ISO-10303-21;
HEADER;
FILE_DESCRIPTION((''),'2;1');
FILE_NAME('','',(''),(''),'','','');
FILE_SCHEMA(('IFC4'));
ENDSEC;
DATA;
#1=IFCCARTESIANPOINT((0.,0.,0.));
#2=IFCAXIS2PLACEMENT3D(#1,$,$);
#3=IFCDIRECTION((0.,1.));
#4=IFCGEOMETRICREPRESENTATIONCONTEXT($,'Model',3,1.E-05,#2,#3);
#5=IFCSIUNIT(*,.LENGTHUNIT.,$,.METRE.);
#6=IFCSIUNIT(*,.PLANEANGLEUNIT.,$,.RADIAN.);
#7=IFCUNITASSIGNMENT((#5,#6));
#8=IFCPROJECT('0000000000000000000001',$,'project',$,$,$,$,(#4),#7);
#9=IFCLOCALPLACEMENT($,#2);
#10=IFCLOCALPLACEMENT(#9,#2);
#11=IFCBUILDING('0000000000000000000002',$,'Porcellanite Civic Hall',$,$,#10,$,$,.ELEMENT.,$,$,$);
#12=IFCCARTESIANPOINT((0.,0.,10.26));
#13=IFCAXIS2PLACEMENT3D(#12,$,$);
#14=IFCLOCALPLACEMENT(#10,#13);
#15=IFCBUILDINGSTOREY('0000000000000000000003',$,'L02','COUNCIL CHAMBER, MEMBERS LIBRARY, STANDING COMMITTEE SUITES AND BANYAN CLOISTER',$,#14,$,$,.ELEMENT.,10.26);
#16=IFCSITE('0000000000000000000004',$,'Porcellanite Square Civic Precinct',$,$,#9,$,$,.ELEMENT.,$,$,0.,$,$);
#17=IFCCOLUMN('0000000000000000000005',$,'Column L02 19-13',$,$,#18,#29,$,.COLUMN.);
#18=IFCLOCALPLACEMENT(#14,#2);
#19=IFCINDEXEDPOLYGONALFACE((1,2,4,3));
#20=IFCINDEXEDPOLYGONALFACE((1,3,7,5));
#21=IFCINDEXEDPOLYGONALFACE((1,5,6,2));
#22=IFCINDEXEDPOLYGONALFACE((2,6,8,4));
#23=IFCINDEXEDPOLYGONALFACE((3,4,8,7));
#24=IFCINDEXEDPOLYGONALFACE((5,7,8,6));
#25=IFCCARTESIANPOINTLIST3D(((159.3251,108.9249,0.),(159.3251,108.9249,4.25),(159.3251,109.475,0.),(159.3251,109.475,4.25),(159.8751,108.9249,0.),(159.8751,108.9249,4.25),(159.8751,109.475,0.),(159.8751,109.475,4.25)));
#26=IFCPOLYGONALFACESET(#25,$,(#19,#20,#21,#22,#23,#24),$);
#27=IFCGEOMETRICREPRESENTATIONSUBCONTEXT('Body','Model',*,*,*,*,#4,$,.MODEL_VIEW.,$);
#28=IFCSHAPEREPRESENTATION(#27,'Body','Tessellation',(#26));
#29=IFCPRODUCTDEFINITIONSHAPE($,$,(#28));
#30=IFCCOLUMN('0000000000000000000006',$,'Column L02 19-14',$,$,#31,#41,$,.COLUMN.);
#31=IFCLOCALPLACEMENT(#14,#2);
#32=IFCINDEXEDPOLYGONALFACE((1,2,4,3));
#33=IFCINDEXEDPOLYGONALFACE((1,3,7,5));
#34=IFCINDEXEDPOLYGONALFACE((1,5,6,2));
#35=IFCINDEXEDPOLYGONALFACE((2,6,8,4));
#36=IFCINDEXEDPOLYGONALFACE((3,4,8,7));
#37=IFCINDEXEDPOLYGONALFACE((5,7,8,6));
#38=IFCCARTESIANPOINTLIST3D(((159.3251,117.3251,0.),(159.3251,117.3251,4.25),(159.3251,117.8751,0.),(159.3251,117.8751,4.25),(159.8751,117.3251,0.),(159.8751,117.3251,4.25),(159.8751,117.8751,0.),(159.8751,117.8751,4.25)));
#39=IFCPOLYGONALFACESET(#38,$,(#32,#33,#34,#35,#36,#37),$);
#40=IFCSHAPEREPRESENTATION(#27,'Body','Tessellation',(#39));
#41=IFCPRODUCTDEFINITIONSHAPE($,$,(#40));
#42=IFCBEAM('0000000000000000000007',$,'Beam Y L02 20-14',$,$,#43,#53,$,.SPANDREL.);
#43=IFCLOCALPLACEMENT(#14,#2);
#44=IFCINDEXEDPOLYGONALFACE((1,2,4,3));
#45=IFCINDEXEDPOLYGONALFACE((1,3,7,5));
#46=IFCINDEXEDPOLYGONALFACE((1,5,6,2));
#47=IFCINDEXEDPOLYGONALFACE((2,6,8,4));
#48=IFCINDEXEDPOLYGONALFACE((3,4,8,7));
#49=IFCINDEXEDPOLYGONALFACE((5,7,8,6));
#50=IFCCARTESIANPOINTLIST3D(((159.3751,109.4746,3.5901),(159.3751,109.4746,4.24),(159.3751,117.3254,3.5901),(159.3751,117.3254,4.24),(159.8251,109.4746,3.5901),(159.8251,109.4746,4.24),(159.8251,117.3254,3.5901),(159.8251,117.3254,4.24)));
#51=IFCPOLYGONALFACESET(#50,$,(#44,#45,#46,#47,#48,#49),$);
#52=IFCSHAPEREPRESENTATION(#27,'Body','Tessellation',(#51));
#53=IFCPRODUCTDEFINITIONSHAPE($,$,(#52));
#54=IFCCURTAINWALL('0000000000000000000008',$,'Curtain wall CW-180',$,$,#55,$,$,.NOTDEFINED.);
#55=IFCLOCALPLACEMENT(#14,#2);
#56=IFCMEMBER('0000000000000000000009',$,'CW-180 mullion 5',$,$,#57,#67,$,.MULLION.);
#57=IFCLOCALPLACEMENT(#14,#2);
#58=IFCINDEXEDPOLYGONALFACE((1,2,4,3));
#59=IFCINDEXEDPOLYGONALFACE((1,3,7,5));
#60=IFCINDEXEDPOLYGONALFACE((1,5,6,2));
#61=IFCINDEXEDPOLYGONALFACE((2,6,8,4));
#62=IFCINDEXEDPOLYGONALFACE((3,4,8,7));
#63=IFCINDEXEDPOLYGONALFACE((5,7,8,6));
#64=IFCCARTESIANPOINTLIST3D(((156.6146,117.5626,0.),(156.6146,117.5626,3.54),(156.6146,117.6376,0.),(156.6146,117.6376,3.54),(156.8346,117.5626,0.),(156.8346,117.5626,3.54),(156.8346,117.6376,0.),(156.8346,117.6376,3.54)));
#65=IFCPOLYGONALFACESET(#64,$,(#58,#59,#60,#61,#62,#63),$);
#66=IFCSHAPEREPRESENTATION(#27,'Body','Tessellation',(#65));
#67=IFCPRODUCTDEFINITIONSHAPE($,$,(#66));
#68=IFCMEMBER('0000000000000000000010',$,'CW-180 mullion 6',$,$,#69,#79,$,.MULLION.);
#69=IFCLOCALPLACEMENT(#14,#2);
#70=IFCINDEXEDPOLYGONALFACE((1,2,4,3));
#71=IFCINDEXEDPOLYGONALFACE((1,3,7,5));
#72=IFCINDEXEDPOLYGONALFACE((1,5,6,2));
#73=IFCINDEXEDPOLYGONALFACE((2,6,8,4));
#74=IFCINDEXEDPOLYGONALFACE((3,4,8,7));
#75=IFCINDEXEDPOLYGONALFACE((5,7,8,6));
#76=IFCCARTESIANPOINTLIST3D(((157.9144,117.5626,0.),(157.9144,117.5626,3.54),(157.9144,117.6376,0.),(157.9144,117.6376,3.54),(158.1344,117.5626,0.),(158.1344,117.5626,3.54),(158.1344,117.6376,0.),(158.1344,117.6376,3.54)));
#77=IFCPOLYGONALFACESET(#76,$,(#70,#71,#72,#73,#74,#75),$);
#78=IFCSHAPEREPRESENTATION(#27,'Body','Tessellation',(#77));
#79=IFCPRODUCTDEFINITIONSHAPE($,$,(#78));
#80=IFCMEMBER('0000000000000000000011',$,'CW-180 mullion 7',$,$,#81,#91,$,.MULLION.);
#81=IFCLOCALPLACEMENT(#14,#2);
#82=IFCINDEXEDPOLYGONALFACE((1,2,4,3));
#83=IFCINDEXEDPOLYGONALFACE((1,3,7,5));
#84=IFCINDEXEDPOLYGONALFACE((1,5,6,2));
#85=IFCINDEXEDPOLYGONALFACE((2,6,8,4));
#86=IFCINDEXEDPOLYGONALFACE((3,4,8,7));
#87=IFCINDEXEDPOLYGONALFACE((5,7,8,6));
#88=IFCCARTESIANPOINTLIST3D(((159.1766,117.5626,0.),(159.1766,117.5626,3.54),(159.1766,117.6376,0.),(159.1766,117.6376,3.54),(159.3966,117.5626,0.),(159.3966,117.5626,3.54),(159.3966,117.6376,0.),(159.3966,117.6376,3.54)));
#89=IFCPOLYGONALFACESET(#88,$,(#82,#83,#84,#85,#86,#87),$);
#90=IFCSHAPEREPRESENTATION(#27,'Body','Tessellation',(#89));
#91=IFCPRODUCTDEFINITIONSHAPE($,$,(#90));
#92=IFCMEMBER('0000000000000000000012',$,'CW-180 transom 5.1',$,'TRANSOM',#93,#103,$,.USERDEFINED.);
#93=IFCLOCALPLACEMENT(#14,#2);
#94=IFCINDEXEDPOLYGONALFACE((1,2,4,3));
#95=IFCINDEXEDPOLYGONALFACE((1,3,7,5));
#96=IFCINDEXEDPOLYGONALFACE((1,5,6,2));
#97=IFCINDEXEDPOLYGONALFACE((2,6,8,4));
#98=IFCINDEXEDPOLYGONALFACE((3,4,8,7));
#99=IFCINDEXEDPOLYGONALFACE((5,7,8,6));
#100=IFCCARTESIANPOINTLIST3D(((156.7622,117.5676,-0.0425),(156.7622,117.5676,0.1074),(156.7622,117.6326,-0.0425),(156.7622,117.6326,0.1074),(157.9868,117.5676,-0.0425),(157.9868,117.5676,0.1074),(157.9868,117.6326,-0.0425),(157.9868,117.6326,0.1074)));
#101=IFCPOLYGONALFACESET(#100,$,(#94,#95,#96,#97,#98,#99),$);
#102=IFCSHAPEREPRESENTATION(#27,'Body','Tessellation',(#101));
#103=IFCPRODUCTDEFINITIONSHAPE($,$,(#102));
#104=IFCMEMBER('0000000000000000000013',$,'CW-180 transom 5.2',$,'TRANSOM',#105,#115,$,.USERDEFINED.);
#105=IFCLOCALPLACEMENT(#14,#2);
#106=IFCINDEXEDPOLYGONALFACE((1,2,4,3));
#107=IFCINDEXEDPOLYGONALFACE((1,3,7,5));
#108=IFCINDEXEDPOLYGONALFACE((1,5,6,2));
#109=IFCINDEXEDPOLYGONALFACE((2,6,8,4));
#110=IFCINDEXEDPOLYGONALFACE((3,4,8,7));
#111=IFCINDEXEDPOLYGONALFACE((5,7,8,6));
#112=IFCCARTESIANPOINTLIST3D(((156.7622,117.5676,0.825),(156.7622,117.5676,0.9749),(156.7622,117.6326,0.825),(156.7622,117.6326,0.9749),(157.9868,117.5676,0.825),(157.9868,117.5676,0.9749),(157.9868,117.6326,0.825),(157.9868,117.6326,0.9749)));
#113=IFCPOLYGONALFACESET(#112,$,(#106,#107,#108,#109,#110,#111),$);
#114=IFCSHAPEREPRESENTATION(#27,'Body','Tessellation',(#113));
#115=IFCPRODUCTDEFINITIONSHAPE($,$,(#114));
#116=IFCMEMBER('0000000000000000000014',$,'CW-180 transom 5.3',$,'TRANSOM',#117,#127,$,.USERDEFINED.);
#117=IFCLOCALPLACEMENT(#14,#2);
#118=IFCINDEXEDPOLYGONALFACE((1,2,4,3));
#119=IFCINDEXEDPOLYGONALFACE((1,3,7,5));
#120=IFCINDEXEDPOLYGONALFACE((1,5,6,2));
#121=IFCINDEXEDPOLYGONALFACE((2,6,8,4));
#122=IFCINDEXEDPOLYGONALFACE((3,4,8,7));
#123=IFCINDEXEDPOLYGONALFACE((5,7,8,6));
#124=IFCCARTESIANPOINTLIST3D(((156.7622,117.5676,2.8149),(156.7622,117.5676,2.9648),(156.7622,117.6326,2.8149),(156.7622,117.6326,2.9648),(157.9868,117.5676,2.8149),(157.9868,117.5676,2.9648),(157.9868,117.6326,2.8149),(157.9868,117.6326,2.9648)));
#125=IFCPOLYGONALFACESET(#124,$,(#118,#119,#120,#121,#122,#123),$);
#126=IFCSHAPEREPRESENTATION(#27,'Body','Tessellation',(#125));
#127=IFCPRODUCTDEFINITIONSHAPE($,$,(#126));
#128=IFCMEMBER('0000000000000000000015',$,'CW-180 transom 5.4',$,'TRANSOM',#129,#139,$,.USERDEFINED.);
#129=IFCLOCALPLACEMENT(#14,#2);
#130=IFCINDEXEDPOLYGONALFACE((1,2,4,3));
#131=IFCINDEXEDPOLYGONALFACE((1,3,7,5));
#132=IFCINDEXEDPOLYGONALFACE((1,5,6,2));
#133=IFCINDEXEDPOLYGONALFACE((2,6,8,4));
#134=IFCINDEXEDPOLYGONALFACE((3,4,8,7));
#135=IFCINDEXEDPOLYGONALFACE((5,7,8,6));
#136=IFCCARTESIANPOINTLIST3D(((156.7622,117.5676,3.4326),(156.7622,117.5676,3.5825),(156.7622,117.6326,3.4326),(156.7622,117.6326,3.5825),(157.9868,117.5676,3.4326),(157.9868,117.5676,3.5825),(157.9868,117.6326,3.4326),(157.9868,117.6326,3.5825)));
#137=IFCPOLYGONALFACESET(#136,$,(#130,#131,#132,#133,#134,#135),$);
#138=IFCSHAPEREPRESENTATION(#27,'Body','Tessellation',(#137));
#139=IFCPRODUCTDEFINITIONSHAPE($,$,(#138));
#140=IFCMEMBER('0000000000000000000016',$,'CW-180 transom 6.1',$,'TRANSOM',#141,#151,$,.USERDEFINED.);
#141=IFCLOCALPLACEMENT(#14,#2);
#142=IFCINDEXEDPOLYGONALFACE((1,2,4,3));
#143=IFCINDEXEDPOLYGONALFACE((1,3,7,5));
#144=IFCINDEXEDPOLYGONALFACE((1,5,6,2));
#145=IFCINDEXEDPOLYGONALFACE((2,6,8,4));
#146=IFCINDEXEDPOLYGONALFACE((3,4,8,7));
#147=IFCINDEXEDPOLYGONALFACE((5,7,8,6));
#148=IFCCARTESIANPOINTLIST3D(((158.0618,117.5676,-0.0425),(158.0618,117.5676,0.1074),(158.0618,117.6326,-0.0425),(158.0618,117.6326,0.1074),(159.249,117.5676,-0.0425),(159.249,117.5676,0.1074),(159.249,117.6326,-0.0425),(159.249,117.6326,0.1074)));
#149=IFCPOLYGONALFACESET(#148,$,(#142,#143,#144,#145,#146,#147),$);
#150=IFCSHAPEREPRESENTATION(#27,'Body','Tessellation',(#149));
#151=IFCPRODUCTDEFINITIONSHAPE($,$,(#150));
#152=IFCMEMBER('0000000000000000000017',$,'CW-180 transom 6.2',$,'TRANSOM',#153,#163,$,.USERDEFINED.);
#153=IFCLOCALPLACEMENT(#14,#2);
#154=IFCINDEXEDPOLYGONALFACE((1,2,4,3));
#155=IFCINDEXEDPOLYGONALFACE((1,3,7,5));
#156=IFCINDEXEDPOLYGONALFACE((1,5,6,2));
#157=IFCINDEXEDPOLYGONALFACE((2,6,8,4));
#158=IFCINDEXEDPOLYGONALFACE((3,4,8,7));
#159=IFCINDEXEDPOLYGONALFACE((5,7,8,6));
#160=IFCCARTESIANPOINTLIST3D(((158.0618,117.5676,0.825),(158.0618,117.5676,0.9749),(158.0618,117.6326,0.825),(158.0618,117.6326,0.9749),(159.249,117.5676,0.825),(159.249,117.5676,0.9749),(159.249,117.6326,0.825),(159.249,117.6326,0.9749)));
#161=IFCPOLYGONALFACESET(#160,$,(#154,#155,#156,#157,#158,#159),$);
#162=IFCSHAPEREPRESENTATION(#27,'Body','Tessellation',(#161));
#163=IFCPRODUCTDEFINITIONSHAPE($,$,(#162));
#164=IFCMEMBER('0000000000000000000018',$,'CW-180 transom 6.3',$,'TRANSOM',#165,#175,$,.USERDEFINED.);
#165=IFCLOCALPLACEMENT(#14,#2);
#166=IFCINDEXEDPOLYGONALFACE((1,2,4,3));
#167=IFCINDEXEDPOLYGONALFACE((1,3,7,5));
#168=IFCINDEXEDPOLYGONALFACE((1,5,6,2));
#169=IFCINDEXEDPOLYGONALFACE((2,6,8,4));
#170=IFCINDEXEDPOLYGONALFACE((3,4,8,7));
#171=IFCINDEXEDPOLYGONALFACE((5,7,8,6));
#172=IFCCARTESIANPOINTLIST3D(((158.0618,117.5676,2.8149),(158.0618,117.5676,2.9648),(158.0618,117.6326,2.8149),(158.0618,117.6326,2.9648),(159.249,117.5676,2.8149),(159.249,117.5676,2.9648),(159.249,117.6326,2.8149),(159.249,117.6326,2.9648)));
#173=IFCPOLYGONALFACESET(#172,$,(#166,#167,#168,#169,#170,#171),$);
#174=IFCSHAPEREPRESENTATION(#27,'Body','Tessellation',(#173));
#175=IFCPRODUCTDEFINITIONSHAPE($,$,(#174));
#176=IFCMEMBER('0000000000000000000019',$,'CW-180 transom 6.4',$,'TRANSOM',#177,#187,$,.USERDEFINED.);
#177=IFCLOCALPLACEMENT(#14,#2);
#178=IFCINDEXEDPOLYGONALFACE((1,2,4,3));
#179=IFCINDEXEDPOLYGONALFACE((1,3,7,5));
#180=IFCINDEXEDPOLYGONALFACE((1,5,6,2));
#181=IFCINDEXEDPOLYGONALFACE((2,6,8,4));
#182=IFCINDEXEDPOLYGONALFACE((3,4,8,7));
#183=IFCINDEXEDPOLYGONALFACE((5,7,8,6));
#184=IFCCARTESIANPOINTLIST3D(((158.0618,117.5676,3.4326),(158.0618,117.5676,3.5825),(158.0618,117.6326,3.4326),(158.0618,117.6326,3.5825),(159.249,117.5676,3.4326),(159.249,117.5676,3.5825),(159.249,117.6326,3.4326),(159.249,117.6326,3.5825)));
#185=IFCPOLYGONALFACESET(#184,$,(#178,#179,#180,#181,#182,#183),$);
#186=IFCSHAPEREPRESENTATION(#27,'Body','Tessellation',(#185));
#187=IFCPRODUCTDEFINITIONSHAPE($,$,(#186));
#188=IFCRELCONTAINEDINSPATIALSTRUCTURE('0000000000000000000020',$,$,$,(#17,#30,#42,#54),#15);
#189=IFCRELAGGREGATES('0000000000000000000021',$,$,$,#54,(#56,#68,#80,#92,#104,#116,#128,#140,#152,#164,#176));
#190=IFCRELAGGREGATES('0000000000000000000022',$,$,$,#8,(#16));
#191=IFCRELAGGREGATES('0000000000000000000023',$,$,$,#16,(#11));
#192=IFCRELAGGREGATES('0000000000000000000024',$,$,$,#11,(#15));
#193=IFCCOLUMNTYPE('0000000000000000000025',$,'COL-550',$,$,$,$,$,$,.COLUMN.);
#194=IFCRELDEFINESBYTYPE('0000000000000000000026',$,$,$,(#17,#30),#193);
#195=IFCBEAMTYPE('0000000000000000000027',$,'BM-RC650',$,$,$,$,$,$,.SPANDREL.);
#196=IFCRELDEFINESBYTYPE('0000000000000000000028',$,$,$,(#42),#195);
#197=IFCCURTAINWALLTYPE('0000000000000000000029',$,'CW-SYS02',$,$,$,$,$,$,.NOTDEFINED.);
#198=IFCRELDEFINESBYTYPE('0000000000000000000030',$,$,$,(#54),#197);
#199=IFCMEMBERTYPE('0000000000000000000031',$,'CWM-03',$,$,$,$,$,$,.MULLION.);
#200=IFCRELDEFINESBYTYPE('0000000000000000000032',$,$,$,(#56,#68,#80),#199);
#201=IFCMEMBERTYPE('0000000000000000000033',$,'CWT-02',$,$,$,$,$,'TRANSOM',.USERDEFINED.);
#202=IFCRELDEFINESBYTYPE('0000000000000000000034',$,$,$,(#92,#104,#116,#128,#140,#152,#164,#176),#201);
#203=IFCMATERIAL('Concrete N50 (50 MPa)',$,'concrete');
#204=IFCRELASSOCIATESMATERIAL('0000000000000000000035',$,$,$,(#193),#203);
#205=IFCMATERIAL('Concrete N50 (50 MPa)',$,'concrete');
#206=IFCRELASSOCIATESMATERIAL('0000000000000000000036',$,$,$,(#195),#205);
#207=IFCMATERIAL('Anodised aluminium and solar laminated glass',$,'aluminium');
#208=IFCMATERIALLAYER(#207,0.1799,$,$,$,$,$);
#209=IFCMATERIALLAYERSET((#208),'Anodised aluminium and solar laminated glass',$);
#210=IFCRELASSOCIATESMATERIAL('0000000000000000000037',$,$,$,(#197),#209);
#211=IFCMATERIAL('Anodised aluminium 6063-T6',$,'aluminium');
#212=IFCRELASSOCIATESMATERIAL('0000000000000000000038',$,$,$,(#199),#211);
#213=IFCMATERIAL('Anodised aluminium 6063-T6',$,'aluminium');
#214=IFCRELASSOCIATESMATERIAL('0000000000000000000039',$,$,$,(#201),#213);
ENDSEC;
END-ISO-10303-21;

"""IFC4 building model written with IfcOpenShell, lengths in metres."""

from ifc_helpers import new_model, si_unit, direction, frame, origin, origin_2d, place, context, subcontext, project, spatial, rectangle, extrude, material, layer, layer_set, material_profile, profile_set, type_object, element, aggregate, save


model = new_model("IFC4")

# Units and contexts
model_context = context("Model", 3, precision=1e-05, world=origin(), true_north=direction((0.0, 1.0)))
body_context = subcontext(model_context, "Body", "Model", "MODEL_VIEW")
ifc_project = project(units=[si_unit("LENGTHUNIT", "METRE"), si_unit("PLANEANGLEUNIT", "RADIAN")], contexts=[model_context])

# Site, building, storey
site_placement = place(None, origin())
site = spatial("IfcSite", under=ifc_project, at=site_placement, Name="Porcellanite Square Civic Precinct", CompositionType="ELEMENT", RefElevation=0.0)
building_placement = place(site_placement, origin())
building = spatial("IfcBuilding", under=site, at=building_placement, Name="Porcellanite Civic Hall", CompositionType="ELEMENT")
storey_placement = place(building_placement, frame((0.0, 0.0, 10.26)))
storey = spatial("IfcBuildingStorey", under=building, at=storey_placement, Name="L02", Description="COUNCIL CHAMBER, MEMBERS LIBRARY, STANDING COMMITTEE SUITES AND BANYAN CLOISTER", CompositionType="ELEMENT", Elevation=10.26)

# Columns
ifc_material_1 = material(Name="Concrete N50 (50 MPa)", Category="concrete")
ifc_material_profile_1 = material_profile(ifc_material_1, rectangle(XDim=0.55, YDim=0.55, at=origin_2d()), Name="RC-550x550")
ifc_profile_set_1 = profile_set([ifc_material_profile_1], Name="Concrete N50 (50 MPa)")
column_type = type_object("IfcColumnType", Name="COL-550", PredefinedType="COLUMN", material=ifc_profile_set_1)
for number, where, z_axis, x_axis, name in (
    (1, (159.6001, 109.2, 0.0), (0.0, 0.0, 1.0), (1.0, 0.0, 0.0), "Column L02 19-13"),
    (2, (159.6001, 117.6001, 0.0), (0.0, 0.0, 1.0), (1.0, 0.0, 0.0), "Column L02 19-14"),
):
    element("IfcColumn", number, at=place(storey_placement, frame(where, z_axis=z_axis, x_axis=x_axis)), inside=storey, type_object=column_type, Name=name, PredefinedType="COLUMN", context=body_context, shape_type="SweptSolid", body=[
        extrude(rectangle(XDim=0.55, YDim=0.55, at=origin_2d()), origin(), (0.0, 0.0, 1.0), 4.25),
    ])

# Beam
ifc_material_2 = material(Name="Concrete N50 (50 MPa)", Category="concrete")
ifc_material_profile_2 = material_profile(ifc_material_2, rectangle(XDim=0.45, YDim=0.6499, at=origin_2d()), Name="RC-450x650")
ifc_profile_set_2 = profile_set([ifc_material_profile_2], Name="Concrete N50 (50 MPa)")
beam_type = type_object("IfcBeamType", Name="BM-RC650", PredefinedType="SPANDREL", material=ifc_profile_set_2)
beam_placement = place(storey_placement, frame((159.6001, 109.4746, 3.915), z_axis=(0.0, 1.0, 0.0), x_axis=(-1.0, 0.0, 0.0)))
element("IfcBeam", 3, at=beam_placement, inside=storey, type_object=beam_type, Name="Beam Y L02 20-14", PredefinedType="SPANDREL", context=body_context, shape_type="SweptSolid", body=[
    extrude(rectangle(XDim=0.45, YDim=0.6499, at=origin_2d()), origin(), (0.0, 0.0, 1.0), 7.8508),
])

# Curtain wall, members
ifc_material_3 = material(Name="Anodised aluminium and solar laminated glass", Category="aluminium")
ifc_layer_1 = layer(ifc_material_3, 0.1799)
ifc_layer_set_1 = layer_set([ifc_layer_1], Name="Anodised aluminium and solar laminated glass")
curtain_wall_type = type_object("IfcCurtainWallType", Name="CW-SYS02", PredefinedType="NOTDEFINED", material=ifc_layer_set_1)
curtain_wall_placement = place(storey_placement, origin())
curtain_wall = element("IfcCurtainWall", 4, at=curtain_wall_placement, inside=storey, type_object=curtain_wall_type, Name="Curtain wall CW-180", PredefinedType="NOTDEFINED")
ifc_material_4 = material(Name="Anodised aluminium 6063-T6", Category="aluminium")
ifc_material_profile_3 = material_profile(ifc_material_4, rectangle(XDim=0.075, YDim=0.22, at=origin_2d()), Name="AL-75x220")
ifc_profile_set_3 = profile_set([ifc_material_profile_3], Name="Anodised aluminium 6063-T6")
member_type_1 = type_object("IfcMemberType", Name="CWM-03", PredefinedType="MULLION", material=ifc_profile_set_3)
member_1_placement = place(storey_placement, frame((156.7246, 117.6001, 0.0), z_axis=(0.0, 0.0, 1.0), x_axis=(0.0, 1.0, 0.0)))
member_1 = element("IfcMember", 5, at=member_1_placement, type_object=member_type_1, Name="CW-180 mullion 5", PredefinedType="MULLION", context=body_context, shape_type="SweptSolid", body=[
    extrude(rectangle(XDim=0.075, YDim=0.22, at=origin_2d()), origin(), (0.0, 0.0, 1.0), 3.54),
])
member_2_placement = place(storey_placement, frame((158.0244, 117.6001, 0.0), z_axis=(0.0, 0.0, 1.0), x_axis=(0.0, 1.0, 0.0)))
member_2 = element("IfcMember", 6, at=member_2_placement, type_object=member_type_1, Name="CW-180 mullion 6", PredefinedType="MULLION", context=body_context, shape_type="SweptSolid", body=[
    extrude(rectangle(XDim=0.075, YDim=0.22, at=origin_2d()), origin(), (0.0, 0.0, 1.0), 3.54),
])
member_3_placement = place(storey_placement, frame((159.2866, 117.6001, 0.0), z_axis=(0.0, 0.0, 1.0), x_axis=(0.0, 1.0, 0.0)))
member_3 = element("IfcMember", 7, at=member_3_placement, type_object=member_type_1, Name="CW-180 mullion 7", PredefinedType="MULLION", context=body_context, shape_type="SweptSolid", body=[
    extrude(rectangle(XDim=0.075, YDim=0.22, at=origin_2d()), origin(), (0.0, 0.0, 1.0), 3.54),
])
ifc_material_5 = material(Name="Anodised aluminium 6063-T6", Category="aluminium")
ifc_material_profile_4 = material_profile(ifc_material_5, rectangle(XDim=0.0649, YDim=0.1499, at=origin_2d()), Name="AL-65x150")
ifc_profile_set_4 = profile_set([ifc_material_profile_4], Name="Anodised aluminium 6063-T6")
member_type_2 = type_object("IfcMemberType", Name="CWT-02", ElementType="TRANSOM", PredefinedType="USERDEFINED", material=ifc_profile_set_4)
member_4_placement = place(storey_placement, frame((156.7622, 117.6001, 0.0325), z_axis=(1.0, 0.0, 0.0), x_axis=(0.0, 1.0, 0.0)))
member_4 = element("IfcMember", 8, at=member_4_placement, type_object=member_type_2, Name="CW-180 transom 5.1", ObjectType="TRANSOM", PredefinedType="USERDEFINED", context=body_context, shape_type="SweptSolid", body=[
    extrude(rectangle(XDim=0.0649, YDim=0.1499, at=origin_2d()), origin(), (0.0, 0.0, 1.0), 1.2246),
])
member_5_placement = place(storey_placement, frame((156.7622, 117.6001, 0.8999), z_axis=(1.0, 0.0, 0.0), x_axis=(0.0, 1.0, 0.0)))
member_5 = element("IfcMember", 9, at=member_5_placement, type_object=member_type_2, Name="CW-180 transom 5.2", ObjectType="TRANSOM", PredefinedType="USERDEFINED", context=body_context, shape_type="SweptSolid", body=[
    extrude(rectangle(XDim=0.0649, YDim=0.1499, at=origin_2d()), origin(), (0.0, 0.0, 1.0), 1.2246),
])
member_6_placement = place(storey_placement, frame((156.7622, 117.6001, 2.8899), z_axis=(1.0, 0.0, 0.0), x_axis=(0.0, 1.0, 0.0)))
member_6 = element("IfcMember", 10, at=member_6_placement, type_object=member_type_2, Name="CW-180 transom 5.3", ObjectType="TRANSOM", PredefinedType="USERDEFINED", context=body_context, shape_type="SweptSolid", body=[
    extrude(rectangle(XDim=0.0649, YDim=0.1499, at=origin_2d()), origin(), (0.0, 0.0, 1.0), 1.2246),
])
member_7_placement = place(storey_placement, frame((156.7622, 117.6001, 3.5076), z_axis=(1.0, 0.0, 0.0), x_axis=(0.0, 1.0, 0.0)))
member_7 = element("IfcMember", 11, at=member_7_placement, type_object=member_type_2, Name="CW-180 transom 5.4", ObjectType="TRANSOM", PredefinedType="USERDEFINED", context=body_context, shape_type="SweptSolid", body=[
    extrude(rectangle(XDim=0.0649, YDim=0.1499, at=origin_2d()), origin(), (0.0, 0.0, 1.0), 1.2246),
])
member_8_placement = place(storey_placement, frame((158.0618, 117.6001, 0.0325), z_axis=(1.0, 0.0, 0.0), x_axis=(0.0, 1.0, 0.0)))
member_8 = element("IfcMember", 12, at=member_8_placement, type_object=member_type_2, Name="CW-180 transom 6.1", ObjectType="TRANSOM", PredefinedType="USERDEFINED", context=body_context, shape_type="SweptSolid", body=[
    extrude(rectangle(XDim=0.0649, YDim=0.1499, at=origin_2d()), origin(), (0.0, 0.0, 1.0), 1.1873),
])
member_9_placement = place(storey_placement, frame((158.0618, 117.6001, 0.8999), z_axis=(1.0, 0.0, 0.0), x_axis=(0.0, 1.0, 0.0)))
member_9 = element("IfcMember", 13, at=member_9_placement, type_object=member_type_2, Name="CW-180 transom 6.2", ObjectType="TRANSOM", PredefinedType="USERDEFINED", context=body_context, shape_type="SweptSolid", body=[
    extrude(rectangle(XDim=0.0649, YDim=0.1499, at=origin_2d()), origin(), (0.0, 0.0, 1.0), 1.1873),
])
member_10_placement = place(storey_placement, frame((158.0618, 117.6001, 2.8899), z_axis=(1.0, 0.0, 0.0), x_axis=(0.0, 1.0, 0.0)))
member_10 = element("IfcMember", 14, at=member_10_placement, type_object=member_type_2, Name="CW-180 transom 6.3", ObjectType="TRANSOM", PredefinedType="USERDEFINED", context=body_context, shape_type="SweptSolid", body=[
    extrude(rectangle(XDim=0.0649, YDim=0.1499, at=origin_2d()), origin(), (0.0, 0.0, 1.0), 1.1873),
])
member_11_placement = place(storey_placement, frame((158.0618, 117.6001, 3.5076), z_axis=(1.0, 0.0, 0.0), x_axis=(0.0, 1.0, 0.0)))
member_11 = element("IfcMember", 15, at=member_11_placement, type_object=member_type_2, Name="CW-180 transom 6.4", ObjectType="TRANSOM", PredefinedType="USERDEFINED", context=body_context, shape_type="SweptSolid", body=[
    extrude(rectangle(XDim=0.0649, YDim=0.1499, at=origin_2d()), origin(), (0.0, 0.0, 1.0), 1.1873),
])
aggregate(curtain_wall, [member_1, member_2, member_3, member_4, member_5, member_6, member_7, member_8, member_9, member_10, member_11])

save(model, "model.ifc")
